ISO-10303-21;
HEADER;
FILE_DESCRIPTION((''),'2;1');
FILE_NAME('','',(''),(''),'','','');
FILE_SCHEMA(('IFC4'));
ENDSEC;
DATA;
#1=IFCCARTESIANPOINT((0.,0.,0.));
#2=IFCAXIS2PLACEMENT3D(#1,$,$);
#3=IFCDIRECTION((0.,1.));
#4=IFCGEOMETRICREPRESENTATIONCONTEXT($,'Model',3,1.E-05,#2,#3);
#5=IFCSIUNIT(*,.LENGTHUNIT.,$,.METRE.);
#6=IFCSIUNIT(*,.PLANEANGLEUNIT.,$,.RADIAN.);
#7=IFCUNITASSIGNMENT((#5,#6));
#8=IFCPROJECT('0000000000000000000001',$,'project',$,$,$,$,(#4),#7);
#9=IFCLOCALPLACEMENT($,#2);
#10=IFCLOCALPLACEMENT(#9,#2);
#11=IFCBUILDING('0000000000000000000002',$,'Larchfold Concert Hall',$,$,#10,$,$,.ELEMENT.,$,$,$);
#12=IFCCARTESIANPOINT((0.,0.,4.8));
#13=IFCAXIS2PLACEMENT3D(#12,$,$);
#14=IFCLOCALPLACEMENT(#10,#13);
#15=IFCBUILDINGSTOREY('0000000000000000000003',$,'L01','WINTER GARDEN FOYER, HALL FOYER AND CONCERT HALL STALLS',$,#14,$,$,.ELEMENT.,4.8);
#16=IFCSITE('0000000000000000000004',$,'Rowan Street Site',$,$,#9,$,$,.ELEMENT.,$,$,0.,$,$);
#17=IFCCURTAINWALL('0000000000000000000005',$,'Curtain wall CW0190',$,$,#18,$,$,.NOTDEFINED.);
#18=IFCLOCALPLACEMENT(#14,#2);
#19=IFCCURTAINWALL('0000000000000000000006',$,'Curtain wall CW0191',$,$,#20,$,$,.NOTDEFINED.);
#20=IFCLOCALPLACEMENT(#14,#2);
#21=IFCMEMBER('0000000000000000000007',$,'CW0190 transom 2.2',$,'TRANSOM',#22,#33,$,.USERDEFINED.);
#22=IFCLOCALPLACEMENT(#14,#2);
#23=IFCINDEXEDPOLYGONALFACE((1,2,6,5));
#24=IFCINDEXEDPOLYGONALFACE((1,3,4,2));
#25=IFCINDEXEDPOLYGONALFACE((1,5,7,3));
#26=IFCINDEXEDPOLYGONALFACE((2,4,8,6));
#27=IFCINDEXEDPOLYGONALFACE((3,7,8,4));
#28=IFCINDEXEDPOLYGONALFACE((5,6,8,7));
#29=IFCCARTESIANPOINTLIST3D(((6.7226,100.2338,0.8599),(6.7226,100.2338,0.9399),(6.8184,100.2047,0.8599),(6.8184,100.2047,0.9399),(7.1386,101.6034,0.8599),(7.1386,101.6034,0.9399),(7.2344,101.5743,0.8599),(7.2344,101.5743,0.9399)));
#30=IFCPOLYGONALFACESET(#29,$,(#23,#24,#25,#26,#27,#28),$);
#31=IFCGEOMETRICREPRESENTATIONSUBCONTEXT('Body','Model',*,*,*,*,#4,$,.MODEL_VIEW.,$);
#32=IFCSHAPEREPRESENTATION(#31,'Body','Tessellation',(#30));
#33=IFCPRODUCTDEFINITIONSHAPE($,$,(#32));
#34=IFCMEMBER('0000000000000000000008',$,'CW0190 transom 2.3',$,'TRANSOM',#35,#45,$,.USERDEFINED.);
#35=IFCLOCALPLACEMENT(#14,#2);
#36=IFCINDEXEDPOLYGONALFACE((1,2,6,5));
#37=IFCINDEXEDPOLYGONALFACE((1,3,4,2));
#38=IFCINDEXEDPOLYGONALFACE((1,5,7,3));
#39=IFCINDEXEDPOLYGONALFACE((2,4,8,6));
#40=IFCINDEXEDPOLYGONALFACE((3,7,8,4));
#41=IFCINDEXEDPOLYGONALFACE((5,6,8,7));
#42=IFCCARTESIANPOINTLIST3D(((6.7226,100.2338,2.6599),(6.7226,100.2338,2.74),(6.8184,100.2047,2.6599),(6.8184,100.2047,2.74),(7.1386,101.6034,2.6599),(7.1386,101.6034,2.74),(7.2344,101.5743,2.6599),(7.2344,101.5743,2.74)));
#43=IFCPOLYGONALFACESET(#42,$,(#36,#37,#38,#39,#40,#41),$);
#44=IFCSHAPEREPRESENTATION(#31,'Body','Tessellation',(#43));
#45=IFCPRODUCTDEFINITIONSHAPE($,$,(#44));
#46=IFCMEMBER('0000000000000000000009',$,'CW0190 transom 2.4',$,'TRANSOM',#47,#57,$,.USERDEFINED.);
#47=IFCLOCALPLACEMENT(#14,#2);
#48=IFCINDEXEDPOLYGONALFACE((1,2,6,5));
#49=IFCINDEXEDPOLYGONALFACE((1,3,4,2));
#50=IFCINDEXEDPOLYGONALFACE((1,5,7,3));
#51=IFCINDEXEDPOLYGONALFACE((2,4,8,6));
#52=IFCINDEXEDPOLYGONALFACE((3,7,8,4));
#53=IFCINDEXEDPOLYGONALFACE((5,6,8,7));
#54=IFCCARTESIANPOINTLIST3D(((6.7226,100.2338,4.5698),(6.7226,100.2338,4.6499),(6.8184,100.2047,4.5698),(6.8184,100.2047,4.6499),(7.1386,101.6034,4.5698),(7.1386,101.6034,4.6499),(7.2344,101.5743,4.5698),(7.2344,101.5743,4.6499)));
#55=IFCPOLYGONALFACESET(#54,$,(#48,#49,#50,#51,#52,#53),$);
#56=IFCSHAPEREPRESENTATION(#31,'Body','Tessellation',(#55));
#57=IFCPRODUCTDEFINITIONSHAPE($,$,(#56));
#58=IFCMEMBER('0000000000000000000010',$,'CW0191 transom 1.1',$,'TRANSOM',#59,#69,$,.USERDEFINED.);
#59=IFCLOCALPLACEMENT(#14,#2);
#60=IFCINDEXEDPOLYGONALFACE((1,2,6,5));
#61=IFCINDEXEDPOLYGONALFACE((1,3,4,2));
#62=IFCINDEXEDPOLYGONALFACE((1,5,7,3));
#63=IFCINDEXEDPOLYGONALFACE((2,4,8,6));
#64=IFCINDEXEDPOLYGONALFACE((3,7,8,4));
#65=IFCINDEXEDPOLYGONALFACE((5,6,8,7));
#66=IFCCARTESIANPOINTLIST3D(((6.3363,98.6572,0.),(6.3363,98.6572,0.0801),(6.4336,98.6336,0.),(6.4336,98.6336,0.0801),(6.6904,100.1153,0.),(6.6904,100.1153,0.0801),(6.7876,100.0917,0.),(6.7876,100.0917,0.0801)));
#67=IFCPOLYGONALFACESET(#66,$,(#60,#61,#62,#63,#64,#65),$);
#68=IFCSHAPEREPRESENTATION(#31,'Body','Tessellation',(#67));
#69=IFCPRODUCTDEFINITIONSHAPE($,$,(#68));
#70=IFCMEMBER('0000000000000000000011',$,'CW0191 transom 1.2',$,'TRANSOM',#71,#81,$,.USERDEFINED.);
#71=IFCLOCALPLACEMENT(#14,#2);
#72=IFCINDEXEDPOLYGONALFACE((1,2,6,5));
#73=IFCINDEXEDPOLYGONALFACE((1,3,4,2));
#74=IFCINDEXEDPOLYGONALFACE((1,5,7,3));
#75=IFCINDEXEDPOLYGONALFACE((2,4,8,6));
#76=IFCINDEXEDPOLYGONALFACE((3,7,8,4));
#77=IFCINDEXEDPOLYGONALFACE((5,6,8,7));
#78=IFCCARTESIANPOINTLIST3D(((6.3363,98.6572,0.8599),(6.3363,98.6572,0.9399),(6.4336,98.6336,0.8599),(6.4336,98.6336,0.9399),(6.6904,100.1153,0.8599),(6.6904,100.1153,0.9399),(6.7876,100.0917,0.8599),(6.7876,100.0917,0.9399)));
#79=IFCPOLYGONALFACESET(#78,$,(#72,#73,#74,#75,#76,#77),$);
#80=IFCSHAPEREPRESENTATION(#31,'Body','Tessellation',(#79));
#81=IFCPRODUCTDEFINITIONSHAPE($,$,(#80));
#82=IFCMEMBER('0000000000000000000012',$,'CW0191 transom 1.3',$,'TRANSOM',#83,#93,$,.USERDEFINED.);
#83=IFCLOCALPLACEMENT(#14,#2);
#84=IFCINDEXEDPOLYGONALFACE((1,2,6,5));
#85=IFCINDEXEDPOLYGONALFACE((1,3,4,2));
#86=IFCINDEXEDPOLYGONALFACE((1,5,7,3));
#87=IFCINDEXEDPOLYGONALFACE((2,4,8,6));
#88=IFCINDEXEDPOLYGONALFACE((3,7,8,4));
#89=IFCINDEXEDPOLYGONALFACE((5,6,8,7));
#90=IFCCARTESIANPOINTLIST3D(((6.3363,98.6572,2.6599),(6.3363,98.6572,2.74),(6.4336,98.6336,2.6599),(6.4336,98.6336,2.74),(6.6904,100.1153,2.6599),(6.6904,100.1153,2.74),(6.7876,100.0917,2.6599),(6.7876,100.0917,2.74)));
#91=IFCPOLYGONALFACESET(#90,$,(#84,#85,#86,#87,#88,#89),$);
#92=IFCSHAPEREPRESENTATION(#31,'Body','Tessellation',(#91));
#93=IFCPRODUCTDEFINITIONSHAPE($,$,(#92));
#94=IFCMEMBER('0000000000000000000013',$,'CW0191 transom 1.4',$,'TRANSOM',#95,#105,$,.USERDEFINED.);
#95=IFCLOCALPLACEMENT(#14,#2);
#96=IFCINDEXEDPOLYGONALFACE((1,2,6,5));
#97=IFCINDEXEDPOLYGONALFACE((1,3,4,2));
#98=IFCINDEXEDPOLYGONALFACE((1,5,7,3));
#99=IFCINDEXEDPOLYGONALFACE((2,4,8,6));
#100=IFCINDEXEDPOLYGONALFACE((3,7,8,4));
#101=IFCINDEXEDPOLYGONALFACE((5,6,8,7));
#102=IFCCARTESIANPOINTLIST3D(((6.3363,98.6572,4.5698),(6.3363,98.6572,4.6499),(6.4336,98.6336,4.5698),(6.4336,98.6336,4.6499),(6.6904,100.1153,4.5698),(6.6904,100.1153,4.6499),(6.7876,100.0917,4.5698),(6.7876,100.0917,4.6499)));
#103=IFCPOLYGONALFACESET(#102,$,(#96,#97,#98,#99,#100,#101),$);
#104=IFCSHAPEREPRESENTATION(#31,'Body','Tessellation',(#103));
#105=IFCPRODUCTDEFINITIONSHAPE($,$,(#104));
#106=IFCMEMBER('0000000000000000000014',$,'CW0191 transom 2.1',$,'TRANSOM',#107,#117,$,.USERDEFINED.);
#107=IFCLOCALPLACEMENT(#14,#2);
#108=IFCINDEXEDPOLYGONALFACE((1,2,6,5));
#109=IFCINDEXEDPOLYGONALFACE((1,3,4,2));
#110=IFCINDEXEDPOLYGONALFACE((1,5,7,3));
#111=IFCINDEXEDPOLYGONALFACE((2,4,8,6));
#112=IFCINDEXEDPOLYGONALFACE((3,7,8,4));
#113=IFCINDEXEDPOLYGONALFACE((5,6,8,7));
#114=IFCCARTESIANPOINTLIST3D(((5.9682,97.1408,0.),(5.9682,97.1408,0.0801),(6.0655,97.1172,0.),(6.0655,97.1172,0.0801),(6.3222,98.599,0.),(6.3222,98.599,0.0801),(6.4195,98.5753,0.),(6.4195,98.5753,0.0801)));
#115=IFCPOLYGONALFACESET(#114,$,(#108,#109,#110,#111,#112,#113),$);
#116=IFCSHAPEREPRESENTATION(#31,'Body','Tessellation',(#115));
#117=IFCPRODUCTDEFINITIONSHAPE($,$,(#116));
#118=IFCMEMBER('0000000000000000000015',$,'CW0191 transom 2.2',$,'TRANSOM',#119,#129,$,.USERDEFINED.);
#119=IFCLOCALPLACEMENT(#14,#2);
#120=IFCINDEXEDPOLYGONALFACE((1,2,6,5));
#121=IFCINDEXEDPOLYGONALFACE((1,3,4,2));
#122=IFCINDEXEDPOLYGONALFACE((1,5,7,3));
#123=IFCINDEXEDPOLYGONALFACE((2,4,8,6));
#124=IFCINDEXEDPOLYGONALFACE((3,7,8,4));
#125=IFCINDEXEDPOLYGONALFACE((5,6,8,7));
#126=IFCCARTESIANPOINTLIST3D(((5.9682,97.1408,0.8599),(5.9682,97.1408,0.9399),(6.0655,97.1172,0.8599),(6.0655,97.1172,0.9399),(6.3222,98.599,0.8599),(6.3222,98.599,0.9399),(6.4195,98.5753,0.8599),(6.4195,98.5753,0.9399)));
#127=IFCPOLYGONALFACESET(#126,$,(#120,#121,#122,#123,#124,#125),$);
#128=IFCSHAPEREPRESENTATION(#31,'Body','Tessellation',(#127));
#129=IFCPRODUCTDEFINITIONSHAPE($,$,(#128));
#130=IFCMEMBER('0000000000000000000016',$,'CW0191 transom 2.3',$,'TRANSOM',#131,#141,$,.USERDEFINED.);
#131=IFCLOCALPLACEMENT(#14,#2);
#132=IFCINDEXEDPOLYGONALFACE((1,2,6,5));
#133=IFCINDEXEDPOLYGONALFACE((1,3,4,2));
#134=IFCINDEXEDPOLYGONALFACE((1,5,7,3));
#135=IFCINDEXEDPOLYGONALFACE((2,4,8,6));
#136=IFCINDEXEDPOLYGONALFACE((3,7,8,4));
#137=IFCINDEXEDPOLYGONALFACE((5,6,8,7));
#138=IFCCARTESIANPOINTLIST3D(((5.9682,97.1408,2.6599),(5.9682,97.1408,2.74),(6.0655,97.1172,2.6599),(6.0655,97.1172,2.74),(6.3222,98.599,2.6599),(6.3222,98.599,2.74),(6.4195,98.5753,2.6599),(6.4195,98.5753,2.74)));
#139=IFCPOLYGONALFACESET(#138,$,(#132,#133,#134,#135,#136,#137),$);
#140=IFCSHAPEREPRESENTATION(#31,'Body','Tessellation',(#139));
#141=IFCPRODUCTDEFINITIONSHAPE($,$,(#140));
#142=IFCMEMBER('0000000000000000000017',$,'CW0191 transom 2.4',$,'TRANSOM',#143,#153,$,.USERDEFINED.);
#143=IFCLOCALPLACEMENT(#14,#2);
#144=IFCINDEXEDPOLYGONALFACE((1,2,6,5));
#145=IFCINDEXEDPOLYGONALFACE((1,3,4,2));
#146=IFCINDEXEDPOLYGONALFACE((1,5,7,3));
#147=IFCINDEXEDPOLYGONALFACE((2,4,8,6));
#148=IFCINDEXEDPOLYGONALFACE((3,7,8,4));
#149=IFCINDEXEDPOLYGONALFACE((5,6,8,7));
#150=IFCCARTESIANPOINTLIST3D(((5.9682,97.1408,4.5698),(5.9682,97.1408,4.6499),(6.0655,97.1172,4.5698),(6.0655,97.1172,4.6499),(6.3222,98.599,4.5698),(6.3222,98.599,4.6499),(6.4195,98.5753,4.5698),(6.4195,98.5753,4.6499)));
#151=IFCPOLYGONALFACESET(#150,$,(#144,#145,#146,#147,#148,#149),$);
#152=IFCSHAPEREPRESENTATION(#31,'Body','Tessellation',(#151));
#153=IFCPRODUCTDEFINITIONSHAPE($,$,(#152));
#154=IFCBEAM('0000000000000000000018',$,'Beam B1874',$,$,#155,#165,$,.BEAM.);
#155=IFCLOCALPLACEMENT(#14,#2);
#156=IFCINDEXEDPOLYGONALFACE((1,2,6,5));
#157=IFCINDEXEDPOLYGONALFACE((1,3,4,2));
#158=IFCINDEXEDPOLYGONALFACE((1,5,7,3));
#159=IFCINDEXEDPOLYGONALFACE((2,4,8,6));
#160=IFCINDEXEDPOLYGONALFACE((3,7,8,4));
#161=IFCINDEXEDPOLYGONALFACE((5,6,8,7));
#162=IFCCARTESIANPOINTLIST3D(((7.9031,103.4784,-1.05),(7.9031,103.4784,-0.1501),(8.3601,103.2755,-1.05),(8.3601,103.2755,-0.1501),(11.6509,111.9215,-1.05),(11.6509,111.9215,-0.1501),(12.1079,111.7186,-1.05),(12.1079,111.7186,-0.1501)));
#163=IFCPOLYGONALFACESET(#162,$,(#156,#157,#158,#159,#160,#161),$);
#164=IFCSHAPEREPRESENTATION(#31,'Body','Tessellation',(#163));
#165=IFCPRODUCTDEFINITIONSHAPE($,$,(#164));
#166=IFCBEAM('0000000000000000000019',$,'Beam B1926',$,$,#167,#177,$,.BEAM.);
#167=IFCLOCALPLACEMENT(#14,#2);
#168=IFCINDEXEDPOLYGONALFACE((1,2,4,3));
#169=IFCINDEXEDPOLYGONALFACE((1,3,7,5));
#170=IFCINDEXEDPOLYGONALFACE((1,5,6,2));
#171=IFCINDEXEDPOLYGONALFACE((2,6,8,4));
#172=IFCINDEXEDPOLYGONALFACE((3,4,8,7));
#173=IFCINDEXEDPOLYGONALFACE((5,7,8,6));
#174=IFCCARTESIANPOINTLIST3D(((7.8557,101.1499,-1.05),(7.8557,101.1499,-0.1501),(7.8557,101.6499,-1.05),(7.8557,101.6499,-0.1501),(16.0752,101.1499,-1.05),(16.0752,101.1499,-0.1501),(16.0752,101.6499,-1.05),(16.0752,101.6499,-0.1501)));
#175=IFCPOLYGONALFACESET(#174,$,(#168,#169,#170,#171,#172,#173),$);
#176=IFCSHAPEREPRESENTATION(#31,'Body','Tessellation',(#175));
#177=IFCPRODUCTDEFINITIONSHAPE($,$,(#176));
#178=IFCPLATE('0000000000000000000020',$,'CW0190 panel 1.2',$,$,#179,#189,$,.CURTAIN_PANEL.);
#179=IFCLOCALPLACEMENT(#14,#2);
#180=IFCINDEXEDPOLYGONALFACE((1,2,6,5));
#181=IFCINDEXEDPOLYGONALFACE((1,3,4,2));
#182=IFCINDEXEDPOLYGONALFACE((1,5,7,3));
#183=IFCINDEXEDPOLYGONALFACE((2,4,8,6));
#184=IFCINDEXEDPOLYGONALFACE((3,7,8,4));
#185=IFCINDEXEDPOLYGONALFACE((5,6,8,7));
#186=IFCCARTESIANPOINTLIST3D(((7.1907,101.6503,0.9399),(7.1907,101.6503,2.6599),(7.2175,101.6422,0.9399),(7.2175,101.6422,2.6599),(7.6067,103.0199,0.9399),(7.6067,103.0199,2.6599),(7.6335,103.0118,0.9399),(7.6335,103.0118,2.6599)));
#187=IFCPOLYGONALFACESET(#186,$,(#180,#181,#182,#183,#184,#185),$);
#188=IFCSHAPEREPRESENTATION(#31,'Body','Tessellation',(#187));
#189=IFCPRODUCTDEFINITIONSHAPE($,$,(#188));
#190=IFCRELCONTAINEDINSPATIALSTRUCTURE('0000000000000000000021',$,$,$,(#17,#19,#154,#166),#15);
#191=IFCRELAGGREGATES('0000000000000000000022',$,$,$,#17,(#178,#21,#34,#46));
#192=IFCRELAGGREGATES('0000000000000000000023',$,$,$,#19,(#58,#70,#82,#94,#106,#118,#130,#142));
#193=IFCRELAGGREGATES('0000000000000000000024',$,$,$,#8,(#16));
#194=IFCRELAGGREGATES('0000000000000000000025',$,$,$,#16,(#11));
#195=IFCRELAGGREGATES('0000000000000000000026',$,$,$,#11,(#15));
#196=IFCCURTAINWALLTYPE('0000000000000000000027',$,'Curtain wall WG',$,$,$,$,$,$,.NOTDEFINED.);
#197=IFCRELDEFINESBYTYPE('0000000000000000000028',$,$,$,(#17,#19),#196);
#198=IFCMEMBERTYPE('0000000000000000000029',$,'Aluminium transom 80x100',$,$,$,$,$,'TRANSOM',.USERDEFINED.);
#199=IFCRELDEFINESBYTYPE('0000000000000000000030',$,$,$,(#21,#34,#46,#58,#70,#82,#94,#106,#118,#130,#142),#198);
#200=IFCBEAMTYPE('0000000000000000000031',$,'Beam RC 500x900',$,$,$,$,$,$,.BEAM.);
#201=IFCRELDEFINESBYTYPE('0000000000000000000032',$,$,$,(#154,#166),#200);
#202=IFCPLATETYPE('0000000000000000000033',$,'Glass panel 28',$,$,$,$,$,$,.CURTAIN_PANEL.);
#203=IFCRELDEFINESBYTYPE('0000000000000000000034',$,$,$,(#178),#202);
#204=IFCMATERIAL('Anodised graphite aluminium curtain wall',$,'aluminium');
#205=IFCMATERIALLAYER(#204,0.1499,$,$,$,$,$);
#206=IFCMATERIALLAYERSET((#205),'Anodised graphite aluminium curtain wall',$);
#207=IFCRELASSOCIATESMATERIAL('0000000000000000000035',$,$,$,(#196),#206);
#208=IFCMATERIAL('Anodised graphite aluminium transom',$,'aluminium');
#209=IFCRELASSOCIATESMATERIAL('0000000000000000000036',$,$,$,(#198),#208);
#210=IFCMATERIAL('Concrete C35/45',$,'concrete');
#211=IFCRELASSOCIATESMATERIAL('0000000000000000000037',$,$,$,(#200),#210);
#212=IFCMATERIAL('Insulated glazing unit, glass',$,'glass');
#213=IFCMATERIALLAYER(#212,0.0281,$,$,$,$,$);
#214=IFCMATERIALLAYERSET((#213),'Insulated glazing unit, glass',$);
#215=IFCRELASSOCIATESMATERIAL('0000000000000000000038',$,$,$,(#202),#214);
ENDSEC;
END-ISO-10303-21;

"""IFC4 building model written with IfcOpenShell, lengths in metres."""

from ifc_helpers import new_model, si_unit, direction, frame, origin, origin_2d, place, context, subcontext, project, spatial, rectangle, extrude, material, layer, layer_set, material_profile, profile_set, type_object, element, aggregate, save


model = new_model("IFC4")

# Units and contexts
model_context = context("Model", 3, precision=1e-05, world=origin(), true_north=direction((0.0, 1.0)))
body_context = subcontext(model_context, "Body", "Model", "MODEL_VIEW")
ifc_project = project(units=[si_unit("LENGTHUNIT", "METRE"), si_unit("PLANEANGLEUNIT", "RADIAN")], contexts=[model_context])

# Site, building, storey
site_placement = place(None, origin())
site = spatial("IfcSite", under=ifc_project, at=site_placement, Name="Rowan Street Site", CompositionType="ELEMENT", RefElevation=0.0)
building_placement = place(site_placement, origin())
building = spatial("IfcBuilding", under=site, at=building_placement, Name="Larchfold Concert Hall", CompositionType="ELEMENT")
storey_placement = place(building_placement, frame((0.0, 0.0, 4.8)))
storey = spatial("IfcBuildingStorey", under=building, at=storey_placement, Name="L01", Description="WINTER GARDEN FOYER, HALL FOYER AND CONCERT HALL STALLS", CompositionType="ELEMENT", Elevation=4.8)

# Shared definitions
ifc_material_1 = material(Name="Anodised graphite aluminium curtain wall", Category="aluminium")
ifc_layer_1 = layer(ifc_material_1, 0.1499)
ifc_layer_set_1 = layer_set([ifc_layer_1], Name="Anodised graphite aluminium curtain wall")
curtain_wall_type = type_object("IfcCurtainWallType", Name="Curtain wall WG", PredefinedType="NOTDEFINED", material=ifc_layer_set_1)

# Curtain walls
curtain_wall_1_placement = place(storey_placement, origin())
curtain_wall_1 = element("IfcCurtainWall", 1, at=curtain_wall_1_placement, inside=storey, type_object=curtain_wall_type, Name="Curtain wall CW0190", PredefinedType="NOTDEFINED")
curtain_wall_2_placement = place(storey_placement, origin())
curtain_wall_2 = element("IfcCurtainWall", 2, at=curtain_wall_2_placement, inside=storey, type_object=curtain_wall_type, Name="Curtain wall CW0191", PredefinedType="NOTDEFINED")

# Members
ifc_material_2 = material(Name="Anodised graphite aluminium transom", Category="aluminium")
ifc_material_profile_1 = material_profile(ifc_material_2, rectangle(XDim=0.1001, YDim=0.0801, at=origin_2d()))
ifc_profile_set_1 = profile_set([ifc_material_profile_1], Name="Anodised graphite aluminium transom")
member_type_1 = type_object("IfcMemberType", Name="Aluminium transom 80x100", ElementType="TRANSOM", PredefinedType="USERDEFINED", material=ifc_profile_set_1)
member_1_placement = place(storey_placement, frame((7.1865, 101.5889, 0.8999), z_axis=(-0.290632, -0.956835, 0.0), x_axis=(0.956835, -0.290632, 0.0)))
member_1 = element("IfcMember", 3, at=member_1_placement, type_object=member_type_1, Name="CW0190 transom 2.2", ObjectType="TRANSOM", PredefinedType="USERDEFINED", context=body_context, shape_type="SweptSolid", body=[
    extrude(rectangle(XDim=0.1001, YDim=0.0801, at=origin_2d()), origin(), (0.0, 0.0, 1.0), 1.4314),
])
member_2_placement = place(storey_placement, frame((7.1865, 101.5889, 2.7), z_axis=(-0.290632, -0.956835, 0.0), x_axis=(0.956835, -0.290632, 0.0)))
member_2 = element("IfcMember", 4, at=member_2_placement, type_object=member_type_1, Name="CW0190 transom 2.3", ObjectType="TRANSOM", PredefinedType="USERDEFINED", context=body_context, shape_type="SweptSolid", body=[
    extrude(rectangle(XDim=0.1001, YDim=0.0801, at=origin_2d()), origin(), (0.0, 0.0, 1.0), 1.4314),
])
member_3_placement = place(storey_placement, frame((7.1865, 101.5889, 4.6099), z_axis=(-0.290632, -0.956835, 0.0), x_axis=(0.956835, -0.290632, 0.0)))
member_3 = element("IfcMember", 5, at=member_3_placement, type_object=member_type_1, Name="CW0190 transom 2.4", ObjectType="TRANSOM", PredefinedType="USERDEFINED", context=body_context, shape_type="SweptSolid", body=[
    extrude(rectangle(XDim=0.1001, YDim=0.0801, at=origin_2d()), origin(), (0.0, 0.0, 1.0), 1.4314),
])
member_4_placement = place(storey_placement, frame((6.739, 100.1035, 0.04), z_axis=(-0.235945, -0.971766, 0.0), x_axis=(0.971766, -0.235945, 0.0)))
member_4 = element("IfcMember", 6, at=member_4_placement, type_object=member_type_1, Name="CW0191 transom 1.1", ObjectType="TRANSOM", PredefinedType="USERDEFINED", context=body_context, shape_type="SweptSolid", body=[
    extrude(rectangle(XDim=0.1001, YDim=0.0801, at=origin_2d()), origin(), (0.0, 0.0, 1.0), 1.5005),
])
member_5_placement = place(storey_placement, frame((6.739, 100.1035, 0.8999), z_axis=(-0.235945, -0.971766, 0.0), x_axis=(0.971766, -0.235945, 0.0)))
member_5 = element("IfcMember", 7, at=member_5_placement, type_object=member_type_1, Name="CW0191 transom 1.2", ObjectType="TRANSOM", PredefinedType="USERDEFINED", context=body_context, shape_type="SweptSolid", body=[
    extrude(rectangle(XDim=0.1001, YDim=0.0801, at=origin_2d()), origin(), (0.0, 0.0, 1.0), 1.5005),
])
member_6_placement = place(storey_placement, frame((6.739, 100.1035, 2.7), z_axis=(-0.235945, -0.971766, 0.0), x_axis=(0.971766, -0.235945, 0.0)))
member_6 = element("IfcMember", 8, at=member_6_placement, type_object=member_type_1, Name="CW0191 transom 1.3", ObjectType="TRANSOM", PredefinedType="USERDEFINED", context=body_context, shape_type="SweptSolid", body=[
    extrude(rectangle(XDim=0.1001, YDim=0.0801, at=origin_2d()), origin(), (0.0, 0.0, 1.0), 1.5005),
])
member_7_placement = place(storey_placement, frame((6.739, 100.1035, 4.6099), z_axis=(-0.235945, -0.971766, 0.0), x_axis=(0.971766, -0.235945, 0.0)))
member_7 = element("IfcMember", 9, at=member_7_placement, type_object=member_type_1, Name="CW0191 transom 1.4", ObjectType="TRANSOM", PredefinedType="USERDEFINED", context=body_context, shape_type="SweptSolid", body=[
    extrude(rectangle(XDim=0.1001, YDim=0.0801, at=origin_2d()), origin(), (0.0, 0.0, 1.0), 1.5005),
])
member_8_placement = place(storey_placement, frame((6.3708, 98.5872, 0.04), z_axis=(-0.235945, -0.971766, 0.0), x_axis=(0.971766, -0.235945, 0.0)))
member_8 = element("IfcMember", 10, at=member_8_placement, type_object=member_type_1, Name="CW0191 transom 2.1", ObjectType="TRANSOM", PredefinedType="USERDEFINED", context=body_context, shape_type="SweptSolid", body=[
    extrude(rectangle(XDim=0.1001, YDim=0.0801, at=origin_2d()), origin(), (0.0, 0.0, 1.0), 1.5005),
])
member_9_placement = place(storey_placement, frame((6.3708, 98.5872, 0.8999), z_axis=(-0.235945, -0.971766, 0.0), x_axis=(0.971766, -0.235945, 0.0)))
member_9 = element("IfcMember", 11, at=member_9_placement, type_object=member_type_1, Name="CW0191 transom 2.2", ObjectType="TRANSOM", PredefinedType="USERDEFINED", context=body_context, shape_type="SweptSolid", body=[
    extrude(rectangle(XDim=0.1001, YDim=0.0801, at=origin_2d()), origin(), (0.0, 0.0, 1.0), 1.5005),
])
member_10_placement = place(storey_placement, frame((6.3708, 98.5872, 2.7), z_axis=(-0.235945, -0.971766, 0.0), x_axis=(0.971766, -0.235945, 0.0)))
member_10 = element("IfcMember", 12, at=member_10_placement, type_object=member_type_1, Name="CW0191 transom 2.3", ObjectType="TRANSOM", PredefinedType="USERDEFINED", context=body_context, shape_type="SweptSolid", body=[
    extrude(rectangle(XDim=0.1001, YDim=0.0801, at=origin_2d()), origin(), (0.0, 0.0, 1.0), 1.5005),
])
member_11_placement = place(storey_placement, frame((6.3708, 98.5872, 4.6099), z_axis=(-0.235945, -0.971766, 0.0), x_axis=(0.971766, -0.235945, 0.0)))
member_11 = element("IfcMember", 13, at=member_11_placement, type_object=member_type_1, Name="CW0191 transom 2.4", ObjectType="TRANSOM", PredefinedType="USERDEFINED", context=body_context, shape_type="SweptSolid", body=[
    extrude(rectangle(XDim=0.1001, YDim=0.0801, at=origin_2d()), origin(), (0.0, 0.0, 1.0), 1.5005),
])

# Beams
ifc_material_3 = material(Name="Concrete C35/45", Category="concrete")
ifc_material_profile_2 = material_profile(ifc_material_3, rectangle(XDim=0.5, YDim=0.8999, at=origin_2d()))
ifc_profile_set_2 = profile_set([ifc_material_profile_2], Name="Concrete C35/45")
beam_type = type_object("IfcBeamType", Name="Beam RC 500x900", PredefinedType="BEAM", material=ifc_profile_set_2)
beam_1_placement = place(storey_placement, frame((8.1316, 103.377, -0.6001), z_axis=(0.405714, 0.914, 0.0), x_axis=(-0.914, 0.405714, 0.0)))
element("IfcBeam", 14, at=beam_1_placement, inside=storey, type_object=beam_type, Name="Beam B1874", PredefinedType="BEAM", context=body_context, shape_type="SweptSolid", body=[
    extrude(rectangle(XDim=0.5, YDim=0.8999, at=origin_2d()), origin(), (0.0, 0.0, 1.0), 9.2375),
])
beam_2_placement = place(storey_placement, frame((7.8557, 101.3999, -0.6001), z_axis=(1.0, 0.0, 0.0), x_axis=(0.0, 1.0, 0.0)))
element("IfcBeam", 15, at=beam_2_placement, inside=storey, type_object=beam_type, Name="Beam B1926", PredefinedType="BEAM", context=body_context, shape_type="SweptSolid", body=[
    extrude(rectangle(XDim=0.5, YDim=0.8999, at=origin_2d()), origin(), (0.0, 0.0, 1.0), 8.2195),
])

# Plate
ifc_material_4 = material(Name="Insulated glazing unit, glass", Category="glass")
ifc_layer_2 = layer(ifc_material_4, 0.0281)
ifc_layer_set_2 = layer_set([ifc_layer_2], Name="Insulated glazing unit, glass")
plate_type_1 = type_object("IfcPlateType", Name="Glass panel 28", PredefinedType="CURTAIN_PANEL", material=ifc_layer_set_2)
plate_1_placement = place(storey_placement, frame((7.4121, 102.3311, 0.9399), z_axis=(0.0, 0.0, 1.0), x_axis=(-0.290622, -0.956838, 0.0)))
plate_1 = element("IfcPlate", 16, at=plate_1_placement, type_object=plate_type_1, Name="CW0190 panel 1.2", PredefinedType="CURTAIN_PANEL", context=body_context, shape_type="SweptSolid", body=[
    extrude(rectangle(XDim=1.4314, YDim=0.0281, at=origin_2d()), origin(), (0.0, 0.0, 1.0), 1.72),
])
aggregate(curtain_wall_1, [plate_1, member_1, member_2, member_3])
aggregate(curtain_wall_2, [member_4, member_5, member_6, member_7, member_8, member_9, member_10, member_11])

save(model, "model.ifc")
